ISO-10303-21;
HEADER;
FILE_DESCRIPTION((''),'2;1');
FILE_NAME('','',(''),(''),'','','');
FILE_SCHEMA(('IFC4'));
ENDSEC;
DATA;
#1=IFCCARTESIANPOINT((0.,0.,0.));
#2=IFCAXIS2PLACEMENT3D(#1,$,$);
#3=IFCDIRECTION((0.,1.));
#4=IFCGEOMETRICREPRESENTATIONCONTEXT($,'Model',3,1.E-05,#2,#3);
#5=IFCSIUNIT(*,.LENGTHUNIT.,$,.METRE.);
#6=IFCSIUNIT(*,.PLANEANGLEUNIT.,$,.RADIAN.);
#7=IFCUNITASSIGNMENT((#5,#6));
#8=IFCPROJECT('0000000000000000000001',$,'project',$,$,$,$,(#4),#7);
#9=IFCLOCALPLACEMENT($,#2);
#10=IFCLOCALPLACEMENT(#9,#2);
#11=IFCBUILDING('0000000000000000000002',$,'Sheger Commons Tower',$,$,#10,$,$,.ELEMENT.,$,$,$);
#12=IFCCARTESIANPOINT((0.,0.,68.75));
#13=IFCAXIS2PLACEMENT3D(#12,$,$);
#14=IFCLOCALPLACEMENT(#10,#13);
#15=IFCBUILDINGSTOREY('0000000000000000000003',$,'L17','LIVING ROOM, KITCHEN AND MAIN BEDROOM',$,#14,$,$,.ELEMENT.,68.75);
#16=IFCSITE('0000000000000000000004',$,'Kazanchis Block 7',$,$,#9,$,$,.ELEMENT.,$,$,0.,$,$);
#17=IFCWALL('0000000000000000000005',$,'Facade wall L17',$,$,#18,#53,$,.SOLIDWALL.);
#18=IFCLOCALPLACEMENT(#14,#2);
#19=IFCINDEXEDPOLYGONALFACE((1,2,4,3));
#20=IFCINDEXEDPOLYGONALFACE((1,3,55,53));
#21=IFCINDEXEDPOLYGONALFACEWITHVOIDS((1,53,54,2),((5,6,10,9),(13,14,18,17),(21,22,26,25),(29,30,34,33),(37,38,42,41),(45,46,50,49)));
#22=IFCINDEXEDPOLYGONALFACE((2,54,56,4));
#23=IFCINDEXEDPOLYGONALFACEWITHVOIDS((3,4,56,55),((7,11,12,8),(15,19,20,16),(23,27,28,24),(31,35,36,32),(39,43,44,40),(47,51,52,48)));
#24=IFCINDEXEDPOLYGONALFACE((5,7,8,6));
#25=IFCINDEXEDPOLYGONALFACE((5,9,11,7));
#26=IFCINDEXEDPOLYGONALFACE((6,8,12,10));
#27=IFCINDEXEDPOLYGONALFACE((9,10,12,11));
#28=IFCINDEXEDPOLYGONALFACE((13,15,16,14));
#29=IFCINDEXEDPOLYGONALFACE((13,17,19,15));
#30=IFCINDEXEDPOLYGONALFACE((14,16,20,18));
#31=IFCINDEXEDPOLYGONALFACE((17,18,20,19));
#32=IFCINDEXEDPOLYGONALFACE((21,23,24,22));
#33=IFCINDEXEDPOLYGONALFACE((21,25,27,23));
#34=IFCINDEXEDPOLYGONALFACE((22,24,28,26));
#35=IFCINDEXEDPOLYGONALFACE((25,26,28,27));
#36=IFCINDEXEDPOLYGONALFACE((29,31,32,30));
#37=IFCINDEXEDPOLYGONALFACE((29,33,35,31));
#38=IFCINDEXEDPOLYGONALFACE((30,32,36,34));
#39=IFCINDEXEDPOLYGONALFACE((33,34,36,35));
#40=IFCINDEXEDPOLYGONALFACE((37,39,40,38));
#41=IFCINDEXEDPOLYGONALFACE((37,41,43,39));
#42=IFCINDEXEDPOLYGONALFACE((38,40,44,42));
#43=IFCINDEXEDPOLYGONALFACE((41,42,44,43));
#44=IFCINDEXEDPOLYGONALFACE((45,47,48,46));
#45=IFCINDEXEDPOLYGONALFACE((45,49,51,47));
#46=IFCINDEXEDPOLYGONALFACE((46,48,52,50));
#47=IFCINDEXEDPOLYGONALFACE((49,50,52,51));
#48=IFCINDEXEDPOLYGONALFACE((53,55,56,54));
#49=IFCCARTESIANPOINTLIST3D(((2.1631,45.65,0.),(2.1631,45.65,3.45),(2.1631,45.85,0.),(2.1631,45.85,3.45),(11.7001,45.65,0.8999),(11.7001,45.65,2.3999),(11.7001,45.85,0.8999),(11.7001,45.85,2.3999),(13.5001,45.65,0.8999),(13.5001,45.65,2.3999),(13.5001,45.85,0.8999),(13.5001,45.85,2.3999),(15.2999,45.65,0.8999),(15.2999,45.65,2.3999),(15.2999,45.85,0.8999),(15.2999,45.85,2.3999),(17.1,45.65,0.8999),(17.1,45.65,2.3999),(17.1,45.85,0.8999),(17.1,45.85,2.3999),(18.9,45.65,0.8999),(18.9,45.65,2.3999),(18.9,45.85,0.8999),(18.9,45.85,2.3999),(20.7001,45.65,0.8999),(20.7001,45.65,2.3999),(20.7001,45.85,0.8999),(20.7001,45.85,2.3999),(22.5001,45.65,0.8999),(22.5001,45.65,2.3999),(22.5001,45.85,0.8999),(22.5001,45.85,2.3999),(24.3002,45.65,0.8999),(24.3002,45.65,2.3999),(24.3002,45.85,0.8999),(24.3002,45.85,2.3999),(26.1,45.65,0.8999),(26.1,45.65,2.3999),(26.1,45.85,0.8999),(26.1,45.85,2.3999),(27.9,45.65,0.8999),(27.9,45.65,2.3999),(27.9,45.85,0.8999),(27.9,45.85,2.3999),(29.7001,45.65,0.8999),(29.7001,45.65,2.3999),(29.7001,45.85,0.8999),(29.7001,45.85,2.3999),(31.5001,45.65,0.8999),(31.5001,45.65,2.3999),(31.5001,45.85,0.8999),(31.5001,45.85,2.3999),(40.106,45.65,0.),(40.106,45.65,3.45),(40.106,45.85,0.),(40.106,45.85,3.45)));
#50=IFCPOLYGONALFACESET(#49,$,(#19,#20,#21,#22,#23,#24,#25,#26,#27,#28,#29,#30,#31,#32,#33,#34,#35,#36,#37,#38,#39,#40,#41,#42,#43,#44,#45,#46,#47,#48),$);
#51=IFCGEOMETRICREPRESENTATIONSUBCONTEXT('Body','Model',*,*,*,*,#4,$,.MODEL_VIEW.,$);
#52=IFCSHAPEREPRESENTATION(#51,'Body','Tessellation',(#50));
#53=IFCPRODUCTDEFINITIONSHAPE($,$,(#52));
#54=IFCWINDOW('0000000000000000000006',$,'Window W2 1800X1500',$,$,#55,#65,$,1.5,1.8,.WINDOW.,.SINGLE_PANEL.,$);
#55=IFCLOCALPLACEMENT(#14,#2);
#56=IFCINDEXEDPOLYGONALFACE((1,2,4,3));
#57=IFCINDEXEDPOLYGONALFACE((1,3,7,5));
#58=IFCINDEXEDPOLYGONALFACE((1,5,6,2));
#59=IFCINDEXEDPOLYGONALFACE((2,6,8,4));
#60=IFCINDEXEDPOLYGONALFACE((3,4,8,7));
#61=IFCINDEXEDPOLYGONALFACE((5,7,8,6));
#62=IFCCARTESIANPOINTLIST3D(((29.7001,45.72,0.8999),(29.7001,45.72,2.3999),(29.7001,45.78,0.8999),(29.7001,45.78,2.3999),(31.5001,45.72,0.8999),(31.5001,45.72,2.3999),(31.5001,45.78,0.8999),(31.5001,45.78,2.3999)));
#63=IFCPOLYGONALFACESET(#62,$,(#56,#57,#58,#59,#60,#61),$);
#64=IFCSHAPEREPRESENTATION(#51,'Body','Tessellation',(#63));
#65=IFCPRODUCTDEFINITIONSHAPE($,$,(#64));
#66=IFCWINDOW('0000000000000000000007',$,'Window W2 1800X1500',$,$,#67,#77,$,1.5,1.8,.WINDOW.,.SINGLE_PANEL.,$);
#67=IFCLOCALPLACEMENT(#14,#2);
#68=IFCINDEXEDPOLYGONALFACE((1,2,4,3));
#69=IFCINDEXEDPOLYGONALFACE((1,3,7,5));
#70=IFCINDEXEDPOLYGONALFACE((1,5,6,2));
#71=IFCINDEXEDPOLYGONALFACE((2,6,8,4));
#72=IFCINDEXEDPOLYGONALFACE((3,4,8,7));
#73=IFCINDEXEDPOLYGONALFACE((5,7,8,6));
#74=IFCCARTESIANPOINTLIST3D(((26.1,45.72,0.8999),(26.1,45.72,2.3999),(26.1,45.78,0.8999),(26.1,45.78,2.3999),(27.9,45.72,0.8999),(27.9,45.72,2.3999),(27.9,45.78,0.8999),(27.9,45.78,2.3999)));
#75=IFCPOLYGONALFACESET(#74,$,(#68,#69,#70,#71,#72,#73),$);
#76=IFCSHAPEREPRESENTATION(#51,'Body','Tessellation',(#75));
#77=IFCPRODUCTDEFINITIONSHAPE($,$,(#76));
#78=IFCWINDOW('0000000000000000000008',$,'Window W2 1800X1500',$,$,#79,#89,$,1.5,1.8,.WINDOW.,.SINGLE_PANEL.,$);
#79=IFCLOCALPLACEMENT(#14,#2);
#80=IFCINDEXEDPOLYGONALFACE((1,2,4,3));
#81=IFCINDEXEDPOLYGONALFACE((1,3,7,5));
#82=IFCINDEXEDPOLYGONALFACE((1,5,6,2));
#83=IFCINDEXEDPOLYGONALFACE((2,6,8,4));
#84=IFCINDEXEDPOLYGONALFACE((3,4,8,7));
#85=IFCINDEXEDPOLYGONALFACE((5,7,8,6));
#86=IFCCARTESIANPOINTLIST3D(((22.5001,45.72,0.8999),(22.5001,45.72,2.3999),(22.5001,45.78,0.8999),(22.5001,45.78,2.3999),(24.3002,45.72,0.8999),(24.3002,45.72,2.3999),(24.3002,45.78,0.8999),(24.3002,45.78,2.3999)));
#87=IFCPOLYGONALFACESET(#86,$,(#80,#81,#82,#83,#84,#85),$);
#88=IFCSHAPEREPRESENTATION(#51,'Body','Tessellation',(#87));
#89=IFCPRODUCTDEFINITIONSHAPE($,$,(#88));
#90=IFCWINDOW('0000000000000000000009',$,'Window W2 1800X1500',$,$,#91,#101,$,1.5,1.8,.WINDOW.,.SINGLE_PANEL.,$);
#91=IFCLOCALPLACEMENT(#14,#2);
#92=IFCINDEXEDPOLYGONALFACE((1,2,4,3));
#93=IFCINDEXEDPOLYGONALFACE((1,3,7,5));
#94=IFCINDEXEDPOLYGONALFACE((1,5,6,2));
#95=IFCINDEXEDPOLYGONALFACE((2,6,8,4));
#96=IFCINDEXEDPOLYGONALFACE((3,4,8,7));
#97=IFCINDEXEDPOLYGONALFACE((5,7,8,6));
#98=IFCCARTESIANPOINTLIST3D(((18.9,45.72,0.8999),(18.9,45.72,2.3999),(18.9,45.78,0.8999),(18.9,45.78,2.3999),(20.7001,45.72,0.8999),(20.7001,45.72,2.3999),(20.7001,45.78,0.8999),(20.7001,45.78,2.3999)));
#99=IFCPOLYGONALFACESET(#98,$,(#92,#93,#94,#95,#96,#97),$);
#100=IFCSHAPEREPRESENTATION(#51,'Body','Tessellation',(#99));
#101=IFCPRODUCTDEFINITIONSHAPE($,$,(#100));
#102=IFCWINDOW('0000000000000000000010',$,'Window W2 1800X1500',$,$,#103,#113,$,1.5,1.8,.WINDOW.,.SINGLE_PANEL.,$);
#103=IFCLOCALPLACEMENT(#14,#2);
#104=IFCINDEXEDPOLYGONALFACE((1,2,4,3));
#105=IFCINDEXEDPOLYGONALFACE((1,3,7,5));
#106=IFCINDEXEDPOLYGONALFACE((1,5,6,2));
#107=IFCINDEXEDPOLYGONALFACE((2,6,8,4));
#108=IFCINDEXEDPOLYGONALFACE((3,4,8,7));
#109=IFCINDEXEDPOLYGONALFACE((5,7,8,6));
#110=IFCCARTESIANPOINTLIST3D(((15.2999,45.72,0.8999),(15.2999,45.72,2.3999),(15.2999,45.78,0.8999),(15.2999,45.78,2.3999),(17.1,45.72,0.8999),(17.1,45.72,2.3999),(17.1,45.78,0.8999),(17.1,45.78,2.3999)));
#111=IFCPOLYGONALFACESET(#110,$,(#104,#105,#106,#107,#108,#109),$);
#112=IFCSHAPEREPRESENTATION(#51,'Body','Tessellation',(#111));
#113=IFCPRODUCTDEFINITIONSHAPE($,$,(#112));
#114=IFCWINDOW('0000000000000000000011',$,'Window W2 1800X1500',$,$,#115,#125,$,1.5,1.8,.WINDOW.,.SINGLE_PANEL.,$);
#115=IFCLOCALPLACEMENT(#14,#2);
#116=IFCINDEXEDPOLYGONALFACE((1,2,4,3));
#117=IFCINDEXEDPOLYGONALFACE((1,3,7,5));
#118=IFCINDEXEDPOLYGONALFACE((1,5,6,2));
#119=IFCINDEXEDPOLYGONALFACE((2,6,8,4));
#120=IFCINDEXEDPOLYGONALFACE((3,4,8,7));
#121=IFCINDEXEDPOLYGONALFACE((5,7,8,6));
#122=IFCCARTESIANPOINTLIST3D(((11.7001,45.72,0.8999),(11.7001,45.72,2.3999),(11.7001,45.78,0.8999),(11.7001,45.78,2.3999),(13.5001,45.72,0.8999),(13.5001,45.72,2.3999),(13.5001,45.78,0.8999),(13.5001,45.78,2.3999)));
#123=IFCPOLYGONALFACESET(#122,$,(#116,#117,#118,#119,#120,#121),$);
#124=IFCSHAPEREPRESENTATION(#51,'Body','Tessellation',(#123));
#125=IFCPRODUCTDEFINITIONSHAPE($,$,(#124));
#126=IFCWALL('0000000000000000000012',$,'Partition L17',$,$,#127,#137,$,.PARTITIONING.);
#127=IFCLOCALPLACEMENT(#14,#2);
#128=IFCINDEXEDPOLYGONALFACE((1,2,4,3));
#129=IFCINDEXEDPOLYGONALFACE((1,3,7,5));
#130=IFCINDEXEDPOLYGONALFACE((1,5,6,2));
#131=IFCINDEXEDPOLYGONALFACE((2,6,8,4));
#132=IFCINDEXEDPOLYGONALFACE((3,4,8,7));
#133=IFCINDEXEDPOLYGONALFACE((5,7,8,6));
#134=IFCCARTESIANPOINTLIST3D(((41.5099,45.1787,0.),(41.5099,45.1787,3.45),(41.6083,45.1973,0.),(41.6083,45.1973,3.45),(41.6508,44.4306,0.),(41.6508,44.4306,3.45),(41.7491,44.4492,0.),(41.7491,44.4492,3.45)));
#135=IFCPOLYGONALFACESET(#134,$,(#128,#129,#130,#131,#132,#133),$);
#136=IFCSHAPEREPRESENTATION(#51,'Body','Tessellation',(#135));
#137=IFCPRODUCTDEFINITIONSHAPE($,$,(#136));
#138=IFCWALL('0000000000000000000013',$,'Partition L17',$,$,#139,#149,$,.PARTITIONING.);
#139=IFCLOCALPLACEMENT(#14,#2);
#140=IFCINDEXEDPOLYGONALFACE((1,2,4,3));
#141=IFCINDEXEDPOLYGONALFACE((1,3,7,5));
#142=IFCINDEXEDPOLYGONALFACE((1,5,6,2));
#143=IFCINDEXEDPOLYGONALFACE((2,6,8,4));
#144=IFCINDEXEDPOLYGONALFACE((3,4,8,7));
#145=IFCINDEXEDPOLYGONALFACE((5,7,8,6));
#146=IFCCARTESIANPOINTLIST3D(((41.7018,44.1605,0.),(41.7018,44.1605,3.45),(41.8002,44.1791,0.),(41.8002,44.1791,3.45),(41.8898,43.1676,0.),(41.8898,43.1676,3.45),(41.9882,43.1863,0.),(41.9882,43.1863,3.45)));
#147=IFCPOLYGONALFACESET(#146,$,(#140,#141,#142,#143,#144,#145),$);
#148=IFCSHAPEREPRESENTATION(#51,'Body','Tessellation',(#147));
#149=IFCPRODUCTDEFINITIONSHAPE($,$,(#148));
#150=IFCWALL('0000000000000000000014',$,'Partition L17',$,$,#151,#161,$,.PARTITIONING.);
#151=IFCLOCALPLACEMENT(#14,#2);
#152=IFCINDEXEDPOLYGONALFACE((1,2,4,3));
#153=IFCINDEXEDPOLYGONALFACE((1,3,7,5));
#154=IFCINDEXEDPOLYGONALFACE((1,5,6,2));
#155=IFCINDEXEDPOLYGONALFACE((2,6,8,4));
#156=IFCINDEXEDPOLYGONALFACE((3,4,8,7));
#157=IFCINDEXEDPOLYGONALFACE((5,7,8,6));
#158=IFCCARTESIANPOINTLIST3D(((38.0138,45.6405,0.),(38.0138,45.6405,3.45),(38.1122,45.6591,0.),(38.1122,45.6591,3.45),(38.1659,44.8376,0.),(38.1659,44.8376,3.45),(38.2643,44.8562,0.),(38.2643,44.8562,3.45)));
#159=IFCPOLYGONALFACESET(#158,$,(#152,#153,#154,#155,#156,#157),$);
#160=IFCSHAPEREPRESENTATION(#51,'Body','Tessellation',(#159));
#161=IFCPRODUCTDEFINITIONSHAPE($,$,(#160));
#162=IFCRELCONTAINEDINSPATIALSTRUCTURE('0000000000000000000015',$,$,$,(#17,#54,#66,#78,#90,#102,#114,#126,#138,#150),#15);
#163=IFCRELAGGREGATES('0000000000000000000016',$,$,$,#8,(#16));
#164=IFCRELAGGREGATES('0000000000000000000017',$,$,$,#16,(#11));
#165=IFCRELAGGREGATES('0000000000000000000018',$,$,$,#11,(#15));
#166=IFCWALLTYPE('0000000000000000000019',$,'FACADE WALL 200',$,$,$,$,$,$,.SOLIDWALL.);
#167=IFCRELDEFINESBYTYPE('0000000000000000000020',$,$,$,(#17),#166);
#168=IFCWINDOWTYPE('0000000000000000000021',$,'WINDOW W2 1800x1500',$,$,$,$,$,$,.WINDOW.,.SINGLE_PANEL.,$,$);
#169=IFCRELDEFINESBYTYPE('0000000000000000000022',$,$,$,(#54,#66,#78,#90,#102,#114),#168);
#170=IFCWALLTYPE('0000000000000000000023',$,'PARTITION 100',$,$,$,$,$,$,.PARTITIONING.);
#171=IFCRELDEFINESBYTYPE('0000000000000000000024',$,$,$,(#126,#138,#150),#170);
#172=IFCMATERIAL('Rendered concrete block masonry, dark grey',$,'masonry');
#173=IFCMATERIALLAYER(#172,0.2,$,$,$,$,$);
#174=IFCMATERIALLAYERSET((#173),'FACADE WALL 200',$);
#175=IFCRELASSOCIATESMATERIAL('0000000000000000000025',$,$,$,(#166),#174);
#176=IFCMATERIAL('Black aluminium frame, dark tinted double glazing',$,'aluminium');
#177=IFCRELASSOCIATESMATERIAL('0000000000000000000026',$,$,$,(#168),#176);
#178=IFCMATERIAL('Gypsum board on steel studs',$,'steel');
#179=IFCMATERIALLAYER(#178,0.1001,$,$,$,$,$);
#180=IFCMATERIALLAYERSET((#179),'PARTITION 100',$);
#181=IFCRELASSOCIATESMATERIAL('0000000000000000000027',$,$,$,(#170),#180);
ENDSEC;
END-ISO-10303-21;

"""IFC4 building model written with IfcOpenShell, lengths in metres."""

from ifc_helpers import new_model, si_unit, direction, frame, frame_2d, origin, place, context, subcontext, project, spatial, rectangle, extrude, material, layer, layer_set, type_object, element, fill, save


model = new_model("IFC4")

# Units and contexts
model_context = context("Model", 3, precision=1e-05, world=origin(), true_north=direction((0.0, 1.0)))
body_context = subcontext(model_context, "Body", "Model", "MODEL_VIEW")
ifc_project = project(units=[si_unit("LENGTHUNIT", "METRE"), si_unit("PLANEANGLEUNIT", "RADIAN")], contexts=[model_context])

# Site, building, storey
site_placement = place(None, origin())
site = spatial("IfcSite", under=ifc_project, at=site_placement, Name="Kazanchis Block 7", CompositionType="ELEMENT", RefElevation=0.0)
building_placement = place(site_placement, origin())
building = spatial("IfcBuilding", under=site, at=building_placement, Name="Sheger Commons Tower", CompositionType="ELEMENT")
storey_placement = place(building_placement, frame((0.0, 0.0, 68.75)))
storey = spatial("IfcBuildingStorey", under=building, at=storey_placement, Name="L17", Description="LIVING ROOM, KITCHEN AND MAIN BEDROOM", CompositionType="ELEMENT", Elevation=68.75)

# Shared definitions
ifc_material_1 = material(Name="Rendered concrete block masonry, dark grey", Category="masonry")
ifc_layer_1 = layer(ifc_material_1, 0.2)
ifc_layer_set_1 = layer_set([ifc_layer_1], Name="FACADE WALL 200")
wall_type_1 = type_object("IfcWallType", Name="FACADE WALL 200", PredefinedType="SOLIDWALL", material=ifc_layer_set_1)

# Wall, openings, windows
wall_1_placement = place(storey_placement, frame((40.106, 45.75, 0.0), z_axis=(0.0, 0.0, 1.0), x_axis=(-1.0, 0.0, 0.0)))
wall_1 = element("IfcWall", 1, at=wall_1_placement, inside=storey, type_object=wall_type_1, Name="Facade wall L17", PredefinedType="SOLIDWALL", context=body_context, shape_type="SweptSolid", body=[
    extrude(rectangle(XDim=37.9429, YDim=0.2, at=frame_2d((18.9714, 0.0))), origin(), (0.0, 0.0, 1.0), 3.45),
])
opening_1_placement = place(wall_1_placement, frame((8.606, 0.0, 0.8999)))
opening_1 = element("IfcOpeningElement", 2, at=opening_1_placement, cuts=wall_1, PredefinedType="OPENING", context=body_context, shape_type="SweptSolid", body=[
    extrude(rectangle(XDim=1.8, YDim=1.5, at=frame_2d((0.8999, 0.75))), frame((0.0, 0.1099, 0.0), z_axis=(0.0, -1.0, 0.0), x_axis=(1.0, 0.0, 0.0)), (0.0, 0.0, 1.0), 0.22),
])
opening_2_placement = place(wall_1_placement, frame((12.2061, 0.0, 0.8999)))
opening_2 = element("IfcOpeningElement", 3, at=opening_2_placement, cuts=wall_1, PredefinedType="OPENING", context=body_context, shape_type="SweptSolid", body=[
    extrude(rectangle(XDim=1.8, YDim=1.5, at=frame_2d((0.8999, 0.75))), frame((0.0, 0.1099, 0.0), z_axis=(0.0, -1.0, 0.0), x_axis=(1.0, 0.0, 0.0)), (0.0, 0.0, 1.0), 0.22),
])
opening_3_placement = place(wall_1_placement, frame((15.8059, 0.0, 0.8999)))
opening_3 = element("IfcOpeningElement", 4, at=opening_3_placement, cuts=wall_1, PredefinedType="OPENING", context=body_context, shape_type="SweptSolid", body=[
    extrude(rectangle(XDim=1.8, YDim=1.5, at=frame_2d((0.8999, 0.75))), frame((0.0, 0.1099, 0.0), z_axis=(0.0, -1.0, 0.0), x_axis=(1.0, 0.0, 0.0)), (0.0, 0.0, 1.0), 0.22),
])
opening_4_placement = place(wall_1_placement, frame((19.406, 0.0, 0.8999)))
opening_4 = element("IfcOpeningElement", 5, at=opening_4_placement, cuts=wall_1, PredefinedType="OPENING", context=body_context, shape_type="SweptSolid", body=[
    extrude(rectangle(XDim=1.8, YDim=1.5, at=frame_2d((0.8999, 0.75))), frame((0.0, 0.1099, 0.0), z_axis=(0.0, -1.0, 0.0), x_axis=(1.0, 0.0, 0.0)), (0.0, 0.0, 1.0), 0.22),
])
opening_5_placement = place(wall_1_placement, frame((23.0061, 0.0, 0.8999)))
opening_5 = element("IfcOpeningElement", 6, at=opening_5_placement, cuts=wall_1, PredefinedType="OPENING", context=body_context, shape_type="SweptSolid", body=[
    extrude(rectangle(XDim=1.8, YDim=1.5, at=frame_2d((0.8999, 0.75))), frame((0.0, 0.1099, 0.0), z_axis=(0.0, -1.0, 0.0), x_axis=(1.0, 0.0, 0.0)), (0.0, 0.0, 1.0), 0.22),
])
opening_6_placement = place(wall_1_placement, frame((26.606, 0.0, 0.8999)))
opening_6 = element("IfcOpeningElement", 7, at=opening_6_placement, cuts=wall_1, PredefinedType="OPENING", context=body_context, shape_type="SweptSolid", body=[
    extrude(rectangle(XDim=1.8, YDim=1.5, at=frame_2d((0.8999, 0.75))), frame((0.0, 0.1099, 0.0), z_axis=(0.0, -1.0, 0.0), x_axis=(1.0, 0.0, 0.0)), (0.0, 0.0, 1.0), 0.22),
])
ifc_material_2 = material(Name="Black aluminium frame, dark tinted double glazing", Category="aluminium")
window_type = type_object("IfcWindowType", Name="WINDOW W2 1800x1500", PartitioningType="SINGLE_PANEL", PredefinedType="WINDOW", material=ifc_material_2)
window_1_placement = place(opening_1_placement, origin())
window_1 = element("IfcWindow", 8, at=window_1_placement, inside=storey, type_object=window_type, Name="Window W2 1800X1500", OverallHeight=1.5, OverallWidth=1.8, PartitioningType="SINGLE_PANEL", PredefinedType="WINDOW", context=body_context, shape_type="SweptSolid", body=[
    extrude(rectangle(XDim=1.8, YDim=1.5, at=frame_2d((0.8999, 0.75))), frame((0.0, 0.03, 0.0), z_axis=(0.0, -1.0, 0.0), x_axis=(1.0, 0.0, 0.0)), (0.0, 0.0, 1.0), 0.0601),
])
fill(opening_1, window_1)
window_2_placement = place(opening_2_placement, origin())
window_2 = element("IfcWindow", 9, at=window_2_placement, inside=storey, type_object=window_type, Name="Window W2 1800X1500", OverallHeight=1.5, OverallWidth=1.8, PartitioningType="SINGLE_PANEL", PredefinedType="WINDOW", context=body_context, shape_type="SweptSolid", body=[
    extrude(rectangle(XDim=1.8, YDim=1.5, at=frame_2d((0.8999, 0.75))), frame((0.0, 0.03, 0.0), z_axis=(0.0, -1.0, 0.0), x_axis=(1.0, 0.0, 0.0)), (0.0, 0.0, 1.0), 0.0601),
])
fill(opening_2, window_2)
window_3_placement = place(opening_3_placement, origin())
window_3 = element("IfcWindow", 10, at=window_3_placement, inside=storey, type_object=window_type, Name="Window W2 1800X1500", OverallHeight=1.5, OverallWidth=1.8, PartitioningType="SINGLE_PANEL", PredefinedType="WINDOW", context=body_context, shape_type="SweptSolid", body=[
    extrude(rectangle(XDim=1.8, YDim=1.5, at=frame_2d((0.8999, 0.75))), frame((0.0, 0.03, 0.0), z_axis=(0.0, -1.0, 0.0), x_axis=(1.0, 0.0, 0.0)), (0.0, 0.0, 1.0), 0.0601),
])
fill(opening_3, window_3)
window_4_placement = place(opening_4_placement, origin())
window_4 = element("IfcWindow", 11, at=window_4_placement, inside=storey, type_object=window_type, Name="Window W2 1800X1500", OverallHeight=1.5, OverallWidth=1.8, PartitioningType="SINGLE_PANEL", PredefinedType="WINDOW", context=body_context, shape_type="SweptSolid", body=[
    extrude(rectangle(XDim=1.8, YDim=1.5, at=frame_2d((0.8999, 0.75))), frame((0.0, 0.03, 0.0), z_axis=(0.0, -1.0, 0.0), x_axis=(1.0, 0.0, 0.0)), (0.0, 0.0, 1.0), 0.0601),
])
fill(opening_4, window_4)
window_5_placement = place(opening_5_placement, origin())
window_5 = element("IfcWindow", 12, at=window_5_placement, inside=storey, type_object=window_type, Name="Window W2 1800X1500", OverallHeight=1.5, OverallWidth=1.8, PartitioningType="SINGLE_PANEL", PredefinedType="WINDOW", context=body_context, shape_type="SweptSolid", body=[
    extrude(rectangle(XDim=1.8, YDim=1.5, at=frame_2d((0.8999, 0.75))), frame((0.0, 0.03, 0.0), z_axis=(0.0, -1.0, 0.0), x_axis=(1.0, 0.0, 0.0)), (0.0, 0.0, 1.0), 0.0601),
])
fill(opening_5, window_5)
window_6_placement = place(opening_6_placement, origin())
window_6 = element("IfcWindow", 13, at=window_6_placement, inside=storey, type_object=window_type, Name="Window W2 1800X1500", OverallHeight=1.5, OverallWidth=1.8, PartitioningType="SINGLE_PANEL", PredefinedType="WINDOW", context=body_context, shape_type="SweptSolid", body=[
    extrude(rectangle(XDim=1.8, YDim=1.5, at=frame_2d((0.8999, 0.75))), frame((0.0, 0.03, 0.0), z_axis=(0.0, -1.0, 0.0), x_axis=(1.0, 0.0, 0.0)), (0.0, 0.0, 1.0), 0.0601),
])
fill(opening_6, window_6)

# Walls
ifc_material_3 = material(Name="Gypsum board on steel studs", Category="steel")
ifc_layer_2 = layer(ifc_material_3, 0.1001)
ifc_layer_set_2 = layer_set([ifc_layer_2], Name="PARTITION 100")
wall_type_2 = type_object("IfcWallType", Name="PARTITION 100", PredefinedType="PARTITIONING", material=ifc_layer_set_2)
wall_2_placement = place(storey_placement, frame((41.5591, 45.188, 0.0), z_axis=(0.0, 0.0, 1.0), x_axis=(0.185063, -0.982727, 0.0)))
element("IfcWall", 14, at=wall_2_placement, inside=storey, type_object=wall_type_2, Name="Partition L17", PredefinedType="PARTITIONING", context=body_context, shape_type="SweptSolid", body=[
    extrude(rectangle(XDim=0.7612, YDim=0.1001, at=frame_2d((0.3806, 0.0))), origin(), (0.0, 0.0, 1.0), 3.45),
])
wall_3_placement = place(storey_placement, frame((41.751, 44.1699, 0.0), z_axis=(0.0, 0.0, 1.0), x_axis=(0.186024, -0.982545, 0.0)))
element("IfcWall", 15, at=wall_3_placement, inside=storey, type_object=wall_type_2, Name="Partition L17", PredefinedType="PARTITIONING", context=body_context, shape_type="SweptSolid", body=[
    extrude(rectangle(XDim=1.0105, YDim=0.1001, at=frame_2d((0.5054, 0.0))), origin(), (0.0, 0.0, 1.0), 3.45),
])
wall_4_placement = place(storey_placement, frame((38.063, 45.6499, 0.0), z_axis=(0.0, 0.0, 1.0), x_axis=(0.18611, -0.982529, 0.0)))
element("IfcWall", 16, at=wall_4_placement, inside=storey, type_object=wall_type_2, Name="Partition L17", PredefinedType="PARTITIONING", context=body_context, shape_type="SweptSolid", body=[
    extrude(rectangle(XDim=0.8171, YDim=0.1001, at=frame_2d((0.4087, 0.0))), origin(), (0.0, 0.0, 1.0), 3.45),
])

save(model, "model.ifc")
